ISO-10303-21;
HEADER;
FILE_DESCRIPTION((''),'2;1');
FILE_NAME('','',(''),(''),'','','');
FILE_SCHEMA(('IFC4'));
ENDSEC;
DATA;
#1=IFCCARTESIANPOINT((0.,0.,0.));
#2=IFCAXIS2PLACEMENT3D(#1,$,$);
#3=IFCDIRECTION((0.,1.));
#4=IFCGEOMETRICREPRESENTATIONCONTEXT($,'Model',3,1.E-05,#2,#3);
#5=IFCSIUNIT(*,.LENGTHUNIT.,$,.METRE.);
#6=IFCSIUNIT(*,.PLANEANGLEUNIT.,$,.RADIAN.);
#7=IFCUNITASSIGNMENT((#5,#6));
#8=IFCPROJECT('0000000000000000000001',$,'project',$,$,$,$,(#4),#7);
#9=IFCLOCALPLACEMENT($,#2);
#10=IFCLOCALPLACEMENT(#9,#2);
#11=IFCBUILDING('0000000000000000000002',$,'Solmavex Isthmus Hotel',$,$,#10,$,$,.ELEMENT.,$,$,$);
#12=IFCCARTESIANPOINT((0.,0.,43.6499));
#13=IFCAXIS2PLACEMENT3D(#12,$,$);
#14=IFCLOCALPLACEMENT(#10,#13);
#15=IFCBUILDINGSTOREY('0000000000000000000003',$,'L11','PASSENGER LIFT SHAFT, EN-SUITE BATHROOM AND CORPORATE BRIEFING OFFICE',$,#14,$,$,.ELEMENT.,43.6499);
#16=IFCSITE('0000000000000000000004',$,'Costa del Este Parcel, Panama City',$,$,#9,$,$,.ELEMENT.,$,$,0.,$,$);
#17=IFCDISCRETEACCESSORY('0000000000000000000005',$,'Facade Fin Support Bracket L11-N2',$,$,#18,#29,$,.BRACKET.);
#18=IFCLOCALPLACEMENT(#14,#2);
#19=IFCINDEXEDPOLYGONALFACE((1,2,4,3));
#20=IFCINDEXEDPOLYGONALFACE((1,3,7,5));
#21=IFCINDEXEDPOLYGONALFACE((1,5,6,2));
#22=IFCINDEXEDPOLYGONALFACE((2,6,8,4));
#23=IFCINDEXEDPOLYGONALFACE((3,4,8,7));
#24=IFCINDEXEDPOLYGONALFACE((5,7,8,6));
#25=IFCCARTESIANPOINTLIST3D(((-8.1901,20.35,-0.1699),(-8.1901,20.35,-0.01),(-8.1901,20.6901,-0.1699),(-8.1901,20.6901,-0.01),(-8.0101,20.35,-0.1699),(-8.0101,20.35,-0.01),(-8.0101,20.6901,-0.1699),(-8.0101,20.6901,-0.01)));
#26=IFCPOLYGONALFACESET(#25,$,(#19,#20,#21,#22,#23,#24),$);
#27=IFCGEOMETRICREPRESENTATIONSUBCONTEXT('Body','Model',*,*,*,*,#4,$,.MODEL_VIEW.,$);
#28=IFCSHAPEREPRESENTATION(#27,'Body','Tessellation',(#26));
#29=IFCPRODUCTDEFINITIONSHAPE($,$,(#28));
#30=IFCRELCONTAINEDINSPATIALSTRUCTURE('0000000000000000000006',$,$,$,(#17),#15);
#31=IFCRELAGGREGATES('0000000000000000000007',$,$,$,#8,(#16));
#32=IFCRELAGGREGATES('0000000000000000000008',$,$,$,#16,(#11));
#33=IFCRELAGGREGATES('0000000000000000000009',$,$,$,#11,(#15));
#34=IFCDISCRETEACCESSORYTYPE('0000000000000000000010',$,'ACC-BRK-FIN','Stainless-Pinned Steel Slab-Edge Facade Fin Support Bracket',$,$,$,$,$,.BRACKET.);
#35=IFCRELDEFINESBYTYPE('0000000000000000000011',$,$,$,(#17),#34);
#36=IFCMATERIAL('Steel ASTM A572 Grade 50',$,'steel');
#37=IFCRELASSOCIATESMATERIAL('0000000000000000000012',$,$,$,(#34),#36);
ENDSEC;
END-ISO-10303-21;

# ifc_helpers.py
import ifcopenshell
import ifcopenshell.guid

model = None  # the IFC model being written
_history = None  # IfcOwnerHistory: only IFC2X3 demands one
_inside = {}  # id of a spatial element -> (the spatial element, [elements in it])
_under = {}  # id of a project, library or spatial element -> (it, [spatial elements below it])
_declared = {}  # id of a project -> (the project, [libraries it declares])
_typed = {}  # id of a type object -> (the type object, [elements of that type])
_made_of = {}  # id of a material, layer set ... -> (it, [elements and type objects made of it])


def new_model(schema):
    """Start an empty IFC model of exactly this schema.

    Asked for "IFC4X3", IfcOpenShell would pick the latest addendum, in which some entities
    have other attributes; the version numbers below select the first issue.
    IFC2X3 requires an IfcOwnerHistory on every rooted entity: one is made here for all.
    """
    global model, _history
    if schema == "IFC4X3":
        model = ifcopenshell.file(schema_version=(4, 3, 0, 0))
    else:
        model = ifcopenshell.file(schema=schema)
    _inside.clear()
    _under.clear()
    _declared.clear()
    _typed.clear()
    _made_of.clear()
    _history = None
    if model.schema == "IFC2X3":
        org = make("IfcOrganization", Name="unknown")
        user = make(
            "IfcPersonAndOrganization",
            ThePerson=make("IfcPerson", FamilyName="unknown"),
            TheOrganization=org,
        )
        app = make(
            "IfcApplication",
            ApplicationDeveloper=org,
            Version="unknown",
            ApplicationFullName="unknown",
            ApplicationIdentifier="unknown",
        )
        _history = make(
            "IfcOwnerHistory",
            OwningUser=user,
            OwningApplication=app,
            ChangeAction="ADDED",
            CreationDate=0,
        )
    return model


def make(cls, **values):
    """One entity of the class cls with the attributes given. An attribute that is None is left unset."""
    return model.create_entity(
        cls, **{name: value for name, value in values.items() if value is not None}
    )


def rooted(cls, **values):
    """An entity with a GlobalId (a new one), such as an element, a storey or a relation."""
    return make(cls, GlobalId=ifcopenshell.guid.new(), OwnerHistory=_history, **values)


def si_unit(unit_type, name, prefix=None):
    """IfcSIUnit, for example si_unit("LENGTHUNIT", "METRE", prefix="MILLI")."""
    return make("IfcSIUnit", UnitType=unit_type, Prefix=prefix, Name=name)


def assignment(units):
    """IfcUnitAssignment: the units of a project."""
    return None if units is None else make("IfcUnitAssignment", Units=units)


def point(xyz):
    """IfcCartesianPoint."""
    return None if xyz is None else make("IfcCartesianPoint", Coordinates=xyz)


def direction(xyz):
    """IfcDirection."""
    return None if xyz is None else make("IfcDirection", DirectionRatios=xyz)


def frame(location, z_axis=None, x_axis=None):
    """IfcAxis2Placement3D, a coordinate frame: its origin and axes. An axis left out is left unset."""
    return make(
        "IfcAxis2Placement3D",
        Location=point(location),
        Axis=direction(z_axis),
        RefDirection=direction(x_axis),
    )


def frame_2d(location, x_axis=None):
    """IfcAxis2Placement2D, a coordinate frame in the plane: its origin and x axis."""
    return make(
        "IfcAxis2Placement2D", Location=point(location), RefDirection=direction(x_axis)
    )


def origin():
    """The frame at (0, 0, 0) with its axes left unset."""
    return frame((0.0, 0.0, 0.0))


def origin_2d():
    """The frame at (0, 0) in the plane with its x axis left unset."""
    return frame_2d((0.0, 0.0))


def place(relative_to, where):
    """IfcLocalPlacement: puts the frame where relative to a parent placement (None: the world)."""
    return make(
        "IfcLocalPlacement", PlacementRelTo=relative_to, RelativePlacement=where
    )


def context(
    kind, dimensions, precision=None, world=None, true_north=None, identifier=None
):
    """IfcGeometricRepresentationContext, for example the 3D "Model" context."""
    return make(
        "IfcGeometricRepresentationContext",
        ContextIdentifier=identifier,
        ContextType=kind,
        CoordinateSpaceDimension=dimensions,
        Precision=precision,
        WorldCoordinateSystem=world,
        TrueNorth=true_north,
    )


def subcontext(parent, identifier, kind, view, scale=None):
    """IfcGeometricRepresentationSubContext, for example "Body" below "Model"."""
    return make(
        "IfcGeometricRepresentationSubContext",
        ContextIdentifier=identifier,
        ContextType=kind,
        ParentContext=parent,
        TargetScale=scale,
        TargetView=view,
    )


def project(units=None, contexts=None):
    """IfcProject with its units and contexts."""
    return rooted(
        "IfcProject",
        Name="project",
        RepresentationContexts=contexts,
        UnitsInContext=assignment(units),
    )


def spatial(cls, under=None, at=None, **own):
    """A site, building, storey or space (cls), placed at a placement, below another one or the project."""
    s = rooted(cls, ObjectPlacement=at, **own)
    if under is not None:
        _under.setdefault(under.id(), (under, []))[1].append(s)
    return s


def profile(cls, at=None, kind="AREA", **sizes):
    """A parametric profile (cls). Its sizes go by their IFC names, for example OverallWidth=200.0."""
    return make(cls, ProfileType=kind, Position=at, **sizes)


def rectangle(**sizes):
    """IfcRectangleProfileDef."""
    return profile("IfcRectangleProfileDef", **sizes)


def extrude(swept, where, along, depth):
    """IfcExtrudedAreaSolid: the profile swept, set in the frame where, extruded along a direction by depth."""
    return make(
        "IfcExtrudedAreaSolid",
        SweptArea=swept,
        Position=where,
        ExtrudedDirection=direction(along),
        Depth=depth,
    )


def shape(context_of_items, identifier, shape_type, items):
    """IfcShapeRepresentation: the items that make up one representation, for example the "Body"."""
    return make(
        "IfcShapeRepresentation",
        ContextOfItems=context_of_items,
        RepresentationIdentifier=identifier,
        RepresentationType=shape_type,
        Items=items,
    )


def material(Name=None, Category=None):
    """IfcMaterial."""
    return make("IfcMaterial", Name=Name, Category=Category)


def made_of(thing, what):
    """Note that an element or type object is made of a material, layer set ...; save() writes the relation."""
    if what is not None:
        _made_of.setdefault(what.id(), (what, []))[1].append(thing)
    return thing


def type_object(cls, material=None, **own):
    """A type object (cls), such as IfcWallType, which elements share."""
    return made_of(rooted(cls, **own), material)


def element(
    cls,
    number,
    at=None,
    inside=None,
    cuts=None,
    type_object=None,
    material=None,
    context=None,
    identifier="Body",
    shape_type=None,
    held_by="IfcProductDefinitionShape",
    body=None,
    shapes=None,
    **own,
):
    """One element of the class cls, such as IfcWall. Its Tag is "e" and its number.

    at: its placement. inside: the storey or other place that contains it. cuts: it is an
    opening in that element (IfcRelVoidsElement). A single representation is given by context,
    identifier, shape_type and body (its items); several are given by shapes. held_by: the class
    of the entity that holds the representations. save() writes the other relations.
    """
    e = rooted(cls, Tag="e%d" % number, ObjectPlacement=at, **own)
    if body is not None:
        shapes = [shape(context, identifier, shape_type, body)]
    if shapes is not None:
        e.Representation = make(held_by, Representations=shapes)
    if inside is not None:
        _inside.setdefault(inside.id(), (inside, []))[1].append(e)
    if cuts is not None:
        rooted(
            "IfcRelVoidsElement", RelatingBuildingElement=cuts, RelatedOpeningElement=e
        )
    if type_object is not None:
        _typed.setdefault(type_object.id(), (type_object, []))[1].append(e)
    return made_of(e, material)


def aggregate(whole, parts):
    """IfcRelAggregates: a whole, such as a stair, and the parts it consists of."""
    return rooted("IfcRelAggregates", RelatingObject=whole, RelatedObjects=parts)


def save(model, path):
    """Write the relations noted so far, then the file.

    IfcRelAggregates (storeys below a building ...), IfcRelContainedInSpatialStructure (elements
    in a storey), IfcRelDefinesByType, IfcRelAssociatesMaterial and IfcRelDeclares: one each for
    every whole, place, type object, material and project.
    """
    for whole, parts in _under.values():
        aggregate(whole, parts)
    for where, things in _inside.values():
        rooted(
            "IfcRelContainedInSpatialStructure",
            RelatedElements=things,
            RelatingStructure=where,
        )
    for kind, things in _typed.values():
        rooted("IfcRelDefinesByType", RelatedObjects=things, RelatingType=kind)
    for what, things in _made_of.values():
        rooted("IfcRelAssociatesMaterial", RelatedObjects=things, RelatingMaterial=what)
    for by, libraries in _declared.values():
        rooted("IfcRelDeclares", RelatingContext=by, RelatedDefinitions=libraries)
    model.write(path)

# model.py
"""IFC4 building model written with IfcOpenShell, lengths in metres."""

from ifc_helpers import new_model, si_unit, direction, frame, origin, origin_2d, place, context, subcontext, project, spatial, rectangle, extrude, material, type_object, element, save


model = new_model("IFC4")

# Units and contexts
model_context = context("Model", 3, precision=1e-05, world=origin(), true_north=direction((0.0, 1.0)))
body_context = subcontext(model_context, "Body", "Model", "MODEL_VIEW")
ifc_project = project(units=[si_unit("LENGTHUNIT", "METRE"), si_unit("PLANEANGLEUNIT", "RADIAN")], contexts=[model_context])

# Site, building, storey
site_placement = place(None, origin())
site = spatial("IfcSite", under=ifc_project, at=site_placement, Name="Costa del Este Parcel, Panama City", CompositionType="ELEMENT", RefElevation=0.0)
building_placement = place(site_placement, origin())
building = spatial("IfcBuilding", under=site, at=building_placement, Name="Solmavex Isthmus Hotel", CompositionType="ELEMENT")
storey_placement = place(building_placement, frame((0.0, 0.0, 43.6499)))
storey = spatial("IfcBuildingStorey", under=building, at=storey_placement, Name="L11", Description="PASSENGER LIFT SHAFT, EN-SUITE BATHROOM AND CORPORATE BRIEFING OFFICE", CompositionType="ELEMENT", Elevation=43.6499)

# Discrete accessory
ifc_material_1 = material(Name="Steel ASTM A572 Grade 50", Category="steel")
discrete_accessory_type = type_object("IfcDiscreteAccessoryType", Name="ACC-BRK-FIN", Description="Stainless-Pinned Steel Slab-Edge Facade Fin Support Bracket", PredefinedType="BRACKET", material=ifc_material_1)
discrete_accessory_placement = place(storey_placement, frame((-8.1001, 20.52, -0.1699), z_axis=(0.0, 0.0, 1.0), x_axis=(0.0, 1.0, 0.0)))
element("IfcDiscreteAccessory", 1, at=discrete_accessory_placement, inside=storey, type_object=discrete_accessory_type, Name="Facade Fin Support Bracket L11-N2", PredefinedType="BRACKET", context=body_context, shape_type="SweptSolid", body=[
    extrude(rectangle(XDim=0.3401, YDim=0.1799, at=origin_2d()), origin(), (0.0, 0.0, 1.0), 0.1599),
])

save(model, "model.ifc")
